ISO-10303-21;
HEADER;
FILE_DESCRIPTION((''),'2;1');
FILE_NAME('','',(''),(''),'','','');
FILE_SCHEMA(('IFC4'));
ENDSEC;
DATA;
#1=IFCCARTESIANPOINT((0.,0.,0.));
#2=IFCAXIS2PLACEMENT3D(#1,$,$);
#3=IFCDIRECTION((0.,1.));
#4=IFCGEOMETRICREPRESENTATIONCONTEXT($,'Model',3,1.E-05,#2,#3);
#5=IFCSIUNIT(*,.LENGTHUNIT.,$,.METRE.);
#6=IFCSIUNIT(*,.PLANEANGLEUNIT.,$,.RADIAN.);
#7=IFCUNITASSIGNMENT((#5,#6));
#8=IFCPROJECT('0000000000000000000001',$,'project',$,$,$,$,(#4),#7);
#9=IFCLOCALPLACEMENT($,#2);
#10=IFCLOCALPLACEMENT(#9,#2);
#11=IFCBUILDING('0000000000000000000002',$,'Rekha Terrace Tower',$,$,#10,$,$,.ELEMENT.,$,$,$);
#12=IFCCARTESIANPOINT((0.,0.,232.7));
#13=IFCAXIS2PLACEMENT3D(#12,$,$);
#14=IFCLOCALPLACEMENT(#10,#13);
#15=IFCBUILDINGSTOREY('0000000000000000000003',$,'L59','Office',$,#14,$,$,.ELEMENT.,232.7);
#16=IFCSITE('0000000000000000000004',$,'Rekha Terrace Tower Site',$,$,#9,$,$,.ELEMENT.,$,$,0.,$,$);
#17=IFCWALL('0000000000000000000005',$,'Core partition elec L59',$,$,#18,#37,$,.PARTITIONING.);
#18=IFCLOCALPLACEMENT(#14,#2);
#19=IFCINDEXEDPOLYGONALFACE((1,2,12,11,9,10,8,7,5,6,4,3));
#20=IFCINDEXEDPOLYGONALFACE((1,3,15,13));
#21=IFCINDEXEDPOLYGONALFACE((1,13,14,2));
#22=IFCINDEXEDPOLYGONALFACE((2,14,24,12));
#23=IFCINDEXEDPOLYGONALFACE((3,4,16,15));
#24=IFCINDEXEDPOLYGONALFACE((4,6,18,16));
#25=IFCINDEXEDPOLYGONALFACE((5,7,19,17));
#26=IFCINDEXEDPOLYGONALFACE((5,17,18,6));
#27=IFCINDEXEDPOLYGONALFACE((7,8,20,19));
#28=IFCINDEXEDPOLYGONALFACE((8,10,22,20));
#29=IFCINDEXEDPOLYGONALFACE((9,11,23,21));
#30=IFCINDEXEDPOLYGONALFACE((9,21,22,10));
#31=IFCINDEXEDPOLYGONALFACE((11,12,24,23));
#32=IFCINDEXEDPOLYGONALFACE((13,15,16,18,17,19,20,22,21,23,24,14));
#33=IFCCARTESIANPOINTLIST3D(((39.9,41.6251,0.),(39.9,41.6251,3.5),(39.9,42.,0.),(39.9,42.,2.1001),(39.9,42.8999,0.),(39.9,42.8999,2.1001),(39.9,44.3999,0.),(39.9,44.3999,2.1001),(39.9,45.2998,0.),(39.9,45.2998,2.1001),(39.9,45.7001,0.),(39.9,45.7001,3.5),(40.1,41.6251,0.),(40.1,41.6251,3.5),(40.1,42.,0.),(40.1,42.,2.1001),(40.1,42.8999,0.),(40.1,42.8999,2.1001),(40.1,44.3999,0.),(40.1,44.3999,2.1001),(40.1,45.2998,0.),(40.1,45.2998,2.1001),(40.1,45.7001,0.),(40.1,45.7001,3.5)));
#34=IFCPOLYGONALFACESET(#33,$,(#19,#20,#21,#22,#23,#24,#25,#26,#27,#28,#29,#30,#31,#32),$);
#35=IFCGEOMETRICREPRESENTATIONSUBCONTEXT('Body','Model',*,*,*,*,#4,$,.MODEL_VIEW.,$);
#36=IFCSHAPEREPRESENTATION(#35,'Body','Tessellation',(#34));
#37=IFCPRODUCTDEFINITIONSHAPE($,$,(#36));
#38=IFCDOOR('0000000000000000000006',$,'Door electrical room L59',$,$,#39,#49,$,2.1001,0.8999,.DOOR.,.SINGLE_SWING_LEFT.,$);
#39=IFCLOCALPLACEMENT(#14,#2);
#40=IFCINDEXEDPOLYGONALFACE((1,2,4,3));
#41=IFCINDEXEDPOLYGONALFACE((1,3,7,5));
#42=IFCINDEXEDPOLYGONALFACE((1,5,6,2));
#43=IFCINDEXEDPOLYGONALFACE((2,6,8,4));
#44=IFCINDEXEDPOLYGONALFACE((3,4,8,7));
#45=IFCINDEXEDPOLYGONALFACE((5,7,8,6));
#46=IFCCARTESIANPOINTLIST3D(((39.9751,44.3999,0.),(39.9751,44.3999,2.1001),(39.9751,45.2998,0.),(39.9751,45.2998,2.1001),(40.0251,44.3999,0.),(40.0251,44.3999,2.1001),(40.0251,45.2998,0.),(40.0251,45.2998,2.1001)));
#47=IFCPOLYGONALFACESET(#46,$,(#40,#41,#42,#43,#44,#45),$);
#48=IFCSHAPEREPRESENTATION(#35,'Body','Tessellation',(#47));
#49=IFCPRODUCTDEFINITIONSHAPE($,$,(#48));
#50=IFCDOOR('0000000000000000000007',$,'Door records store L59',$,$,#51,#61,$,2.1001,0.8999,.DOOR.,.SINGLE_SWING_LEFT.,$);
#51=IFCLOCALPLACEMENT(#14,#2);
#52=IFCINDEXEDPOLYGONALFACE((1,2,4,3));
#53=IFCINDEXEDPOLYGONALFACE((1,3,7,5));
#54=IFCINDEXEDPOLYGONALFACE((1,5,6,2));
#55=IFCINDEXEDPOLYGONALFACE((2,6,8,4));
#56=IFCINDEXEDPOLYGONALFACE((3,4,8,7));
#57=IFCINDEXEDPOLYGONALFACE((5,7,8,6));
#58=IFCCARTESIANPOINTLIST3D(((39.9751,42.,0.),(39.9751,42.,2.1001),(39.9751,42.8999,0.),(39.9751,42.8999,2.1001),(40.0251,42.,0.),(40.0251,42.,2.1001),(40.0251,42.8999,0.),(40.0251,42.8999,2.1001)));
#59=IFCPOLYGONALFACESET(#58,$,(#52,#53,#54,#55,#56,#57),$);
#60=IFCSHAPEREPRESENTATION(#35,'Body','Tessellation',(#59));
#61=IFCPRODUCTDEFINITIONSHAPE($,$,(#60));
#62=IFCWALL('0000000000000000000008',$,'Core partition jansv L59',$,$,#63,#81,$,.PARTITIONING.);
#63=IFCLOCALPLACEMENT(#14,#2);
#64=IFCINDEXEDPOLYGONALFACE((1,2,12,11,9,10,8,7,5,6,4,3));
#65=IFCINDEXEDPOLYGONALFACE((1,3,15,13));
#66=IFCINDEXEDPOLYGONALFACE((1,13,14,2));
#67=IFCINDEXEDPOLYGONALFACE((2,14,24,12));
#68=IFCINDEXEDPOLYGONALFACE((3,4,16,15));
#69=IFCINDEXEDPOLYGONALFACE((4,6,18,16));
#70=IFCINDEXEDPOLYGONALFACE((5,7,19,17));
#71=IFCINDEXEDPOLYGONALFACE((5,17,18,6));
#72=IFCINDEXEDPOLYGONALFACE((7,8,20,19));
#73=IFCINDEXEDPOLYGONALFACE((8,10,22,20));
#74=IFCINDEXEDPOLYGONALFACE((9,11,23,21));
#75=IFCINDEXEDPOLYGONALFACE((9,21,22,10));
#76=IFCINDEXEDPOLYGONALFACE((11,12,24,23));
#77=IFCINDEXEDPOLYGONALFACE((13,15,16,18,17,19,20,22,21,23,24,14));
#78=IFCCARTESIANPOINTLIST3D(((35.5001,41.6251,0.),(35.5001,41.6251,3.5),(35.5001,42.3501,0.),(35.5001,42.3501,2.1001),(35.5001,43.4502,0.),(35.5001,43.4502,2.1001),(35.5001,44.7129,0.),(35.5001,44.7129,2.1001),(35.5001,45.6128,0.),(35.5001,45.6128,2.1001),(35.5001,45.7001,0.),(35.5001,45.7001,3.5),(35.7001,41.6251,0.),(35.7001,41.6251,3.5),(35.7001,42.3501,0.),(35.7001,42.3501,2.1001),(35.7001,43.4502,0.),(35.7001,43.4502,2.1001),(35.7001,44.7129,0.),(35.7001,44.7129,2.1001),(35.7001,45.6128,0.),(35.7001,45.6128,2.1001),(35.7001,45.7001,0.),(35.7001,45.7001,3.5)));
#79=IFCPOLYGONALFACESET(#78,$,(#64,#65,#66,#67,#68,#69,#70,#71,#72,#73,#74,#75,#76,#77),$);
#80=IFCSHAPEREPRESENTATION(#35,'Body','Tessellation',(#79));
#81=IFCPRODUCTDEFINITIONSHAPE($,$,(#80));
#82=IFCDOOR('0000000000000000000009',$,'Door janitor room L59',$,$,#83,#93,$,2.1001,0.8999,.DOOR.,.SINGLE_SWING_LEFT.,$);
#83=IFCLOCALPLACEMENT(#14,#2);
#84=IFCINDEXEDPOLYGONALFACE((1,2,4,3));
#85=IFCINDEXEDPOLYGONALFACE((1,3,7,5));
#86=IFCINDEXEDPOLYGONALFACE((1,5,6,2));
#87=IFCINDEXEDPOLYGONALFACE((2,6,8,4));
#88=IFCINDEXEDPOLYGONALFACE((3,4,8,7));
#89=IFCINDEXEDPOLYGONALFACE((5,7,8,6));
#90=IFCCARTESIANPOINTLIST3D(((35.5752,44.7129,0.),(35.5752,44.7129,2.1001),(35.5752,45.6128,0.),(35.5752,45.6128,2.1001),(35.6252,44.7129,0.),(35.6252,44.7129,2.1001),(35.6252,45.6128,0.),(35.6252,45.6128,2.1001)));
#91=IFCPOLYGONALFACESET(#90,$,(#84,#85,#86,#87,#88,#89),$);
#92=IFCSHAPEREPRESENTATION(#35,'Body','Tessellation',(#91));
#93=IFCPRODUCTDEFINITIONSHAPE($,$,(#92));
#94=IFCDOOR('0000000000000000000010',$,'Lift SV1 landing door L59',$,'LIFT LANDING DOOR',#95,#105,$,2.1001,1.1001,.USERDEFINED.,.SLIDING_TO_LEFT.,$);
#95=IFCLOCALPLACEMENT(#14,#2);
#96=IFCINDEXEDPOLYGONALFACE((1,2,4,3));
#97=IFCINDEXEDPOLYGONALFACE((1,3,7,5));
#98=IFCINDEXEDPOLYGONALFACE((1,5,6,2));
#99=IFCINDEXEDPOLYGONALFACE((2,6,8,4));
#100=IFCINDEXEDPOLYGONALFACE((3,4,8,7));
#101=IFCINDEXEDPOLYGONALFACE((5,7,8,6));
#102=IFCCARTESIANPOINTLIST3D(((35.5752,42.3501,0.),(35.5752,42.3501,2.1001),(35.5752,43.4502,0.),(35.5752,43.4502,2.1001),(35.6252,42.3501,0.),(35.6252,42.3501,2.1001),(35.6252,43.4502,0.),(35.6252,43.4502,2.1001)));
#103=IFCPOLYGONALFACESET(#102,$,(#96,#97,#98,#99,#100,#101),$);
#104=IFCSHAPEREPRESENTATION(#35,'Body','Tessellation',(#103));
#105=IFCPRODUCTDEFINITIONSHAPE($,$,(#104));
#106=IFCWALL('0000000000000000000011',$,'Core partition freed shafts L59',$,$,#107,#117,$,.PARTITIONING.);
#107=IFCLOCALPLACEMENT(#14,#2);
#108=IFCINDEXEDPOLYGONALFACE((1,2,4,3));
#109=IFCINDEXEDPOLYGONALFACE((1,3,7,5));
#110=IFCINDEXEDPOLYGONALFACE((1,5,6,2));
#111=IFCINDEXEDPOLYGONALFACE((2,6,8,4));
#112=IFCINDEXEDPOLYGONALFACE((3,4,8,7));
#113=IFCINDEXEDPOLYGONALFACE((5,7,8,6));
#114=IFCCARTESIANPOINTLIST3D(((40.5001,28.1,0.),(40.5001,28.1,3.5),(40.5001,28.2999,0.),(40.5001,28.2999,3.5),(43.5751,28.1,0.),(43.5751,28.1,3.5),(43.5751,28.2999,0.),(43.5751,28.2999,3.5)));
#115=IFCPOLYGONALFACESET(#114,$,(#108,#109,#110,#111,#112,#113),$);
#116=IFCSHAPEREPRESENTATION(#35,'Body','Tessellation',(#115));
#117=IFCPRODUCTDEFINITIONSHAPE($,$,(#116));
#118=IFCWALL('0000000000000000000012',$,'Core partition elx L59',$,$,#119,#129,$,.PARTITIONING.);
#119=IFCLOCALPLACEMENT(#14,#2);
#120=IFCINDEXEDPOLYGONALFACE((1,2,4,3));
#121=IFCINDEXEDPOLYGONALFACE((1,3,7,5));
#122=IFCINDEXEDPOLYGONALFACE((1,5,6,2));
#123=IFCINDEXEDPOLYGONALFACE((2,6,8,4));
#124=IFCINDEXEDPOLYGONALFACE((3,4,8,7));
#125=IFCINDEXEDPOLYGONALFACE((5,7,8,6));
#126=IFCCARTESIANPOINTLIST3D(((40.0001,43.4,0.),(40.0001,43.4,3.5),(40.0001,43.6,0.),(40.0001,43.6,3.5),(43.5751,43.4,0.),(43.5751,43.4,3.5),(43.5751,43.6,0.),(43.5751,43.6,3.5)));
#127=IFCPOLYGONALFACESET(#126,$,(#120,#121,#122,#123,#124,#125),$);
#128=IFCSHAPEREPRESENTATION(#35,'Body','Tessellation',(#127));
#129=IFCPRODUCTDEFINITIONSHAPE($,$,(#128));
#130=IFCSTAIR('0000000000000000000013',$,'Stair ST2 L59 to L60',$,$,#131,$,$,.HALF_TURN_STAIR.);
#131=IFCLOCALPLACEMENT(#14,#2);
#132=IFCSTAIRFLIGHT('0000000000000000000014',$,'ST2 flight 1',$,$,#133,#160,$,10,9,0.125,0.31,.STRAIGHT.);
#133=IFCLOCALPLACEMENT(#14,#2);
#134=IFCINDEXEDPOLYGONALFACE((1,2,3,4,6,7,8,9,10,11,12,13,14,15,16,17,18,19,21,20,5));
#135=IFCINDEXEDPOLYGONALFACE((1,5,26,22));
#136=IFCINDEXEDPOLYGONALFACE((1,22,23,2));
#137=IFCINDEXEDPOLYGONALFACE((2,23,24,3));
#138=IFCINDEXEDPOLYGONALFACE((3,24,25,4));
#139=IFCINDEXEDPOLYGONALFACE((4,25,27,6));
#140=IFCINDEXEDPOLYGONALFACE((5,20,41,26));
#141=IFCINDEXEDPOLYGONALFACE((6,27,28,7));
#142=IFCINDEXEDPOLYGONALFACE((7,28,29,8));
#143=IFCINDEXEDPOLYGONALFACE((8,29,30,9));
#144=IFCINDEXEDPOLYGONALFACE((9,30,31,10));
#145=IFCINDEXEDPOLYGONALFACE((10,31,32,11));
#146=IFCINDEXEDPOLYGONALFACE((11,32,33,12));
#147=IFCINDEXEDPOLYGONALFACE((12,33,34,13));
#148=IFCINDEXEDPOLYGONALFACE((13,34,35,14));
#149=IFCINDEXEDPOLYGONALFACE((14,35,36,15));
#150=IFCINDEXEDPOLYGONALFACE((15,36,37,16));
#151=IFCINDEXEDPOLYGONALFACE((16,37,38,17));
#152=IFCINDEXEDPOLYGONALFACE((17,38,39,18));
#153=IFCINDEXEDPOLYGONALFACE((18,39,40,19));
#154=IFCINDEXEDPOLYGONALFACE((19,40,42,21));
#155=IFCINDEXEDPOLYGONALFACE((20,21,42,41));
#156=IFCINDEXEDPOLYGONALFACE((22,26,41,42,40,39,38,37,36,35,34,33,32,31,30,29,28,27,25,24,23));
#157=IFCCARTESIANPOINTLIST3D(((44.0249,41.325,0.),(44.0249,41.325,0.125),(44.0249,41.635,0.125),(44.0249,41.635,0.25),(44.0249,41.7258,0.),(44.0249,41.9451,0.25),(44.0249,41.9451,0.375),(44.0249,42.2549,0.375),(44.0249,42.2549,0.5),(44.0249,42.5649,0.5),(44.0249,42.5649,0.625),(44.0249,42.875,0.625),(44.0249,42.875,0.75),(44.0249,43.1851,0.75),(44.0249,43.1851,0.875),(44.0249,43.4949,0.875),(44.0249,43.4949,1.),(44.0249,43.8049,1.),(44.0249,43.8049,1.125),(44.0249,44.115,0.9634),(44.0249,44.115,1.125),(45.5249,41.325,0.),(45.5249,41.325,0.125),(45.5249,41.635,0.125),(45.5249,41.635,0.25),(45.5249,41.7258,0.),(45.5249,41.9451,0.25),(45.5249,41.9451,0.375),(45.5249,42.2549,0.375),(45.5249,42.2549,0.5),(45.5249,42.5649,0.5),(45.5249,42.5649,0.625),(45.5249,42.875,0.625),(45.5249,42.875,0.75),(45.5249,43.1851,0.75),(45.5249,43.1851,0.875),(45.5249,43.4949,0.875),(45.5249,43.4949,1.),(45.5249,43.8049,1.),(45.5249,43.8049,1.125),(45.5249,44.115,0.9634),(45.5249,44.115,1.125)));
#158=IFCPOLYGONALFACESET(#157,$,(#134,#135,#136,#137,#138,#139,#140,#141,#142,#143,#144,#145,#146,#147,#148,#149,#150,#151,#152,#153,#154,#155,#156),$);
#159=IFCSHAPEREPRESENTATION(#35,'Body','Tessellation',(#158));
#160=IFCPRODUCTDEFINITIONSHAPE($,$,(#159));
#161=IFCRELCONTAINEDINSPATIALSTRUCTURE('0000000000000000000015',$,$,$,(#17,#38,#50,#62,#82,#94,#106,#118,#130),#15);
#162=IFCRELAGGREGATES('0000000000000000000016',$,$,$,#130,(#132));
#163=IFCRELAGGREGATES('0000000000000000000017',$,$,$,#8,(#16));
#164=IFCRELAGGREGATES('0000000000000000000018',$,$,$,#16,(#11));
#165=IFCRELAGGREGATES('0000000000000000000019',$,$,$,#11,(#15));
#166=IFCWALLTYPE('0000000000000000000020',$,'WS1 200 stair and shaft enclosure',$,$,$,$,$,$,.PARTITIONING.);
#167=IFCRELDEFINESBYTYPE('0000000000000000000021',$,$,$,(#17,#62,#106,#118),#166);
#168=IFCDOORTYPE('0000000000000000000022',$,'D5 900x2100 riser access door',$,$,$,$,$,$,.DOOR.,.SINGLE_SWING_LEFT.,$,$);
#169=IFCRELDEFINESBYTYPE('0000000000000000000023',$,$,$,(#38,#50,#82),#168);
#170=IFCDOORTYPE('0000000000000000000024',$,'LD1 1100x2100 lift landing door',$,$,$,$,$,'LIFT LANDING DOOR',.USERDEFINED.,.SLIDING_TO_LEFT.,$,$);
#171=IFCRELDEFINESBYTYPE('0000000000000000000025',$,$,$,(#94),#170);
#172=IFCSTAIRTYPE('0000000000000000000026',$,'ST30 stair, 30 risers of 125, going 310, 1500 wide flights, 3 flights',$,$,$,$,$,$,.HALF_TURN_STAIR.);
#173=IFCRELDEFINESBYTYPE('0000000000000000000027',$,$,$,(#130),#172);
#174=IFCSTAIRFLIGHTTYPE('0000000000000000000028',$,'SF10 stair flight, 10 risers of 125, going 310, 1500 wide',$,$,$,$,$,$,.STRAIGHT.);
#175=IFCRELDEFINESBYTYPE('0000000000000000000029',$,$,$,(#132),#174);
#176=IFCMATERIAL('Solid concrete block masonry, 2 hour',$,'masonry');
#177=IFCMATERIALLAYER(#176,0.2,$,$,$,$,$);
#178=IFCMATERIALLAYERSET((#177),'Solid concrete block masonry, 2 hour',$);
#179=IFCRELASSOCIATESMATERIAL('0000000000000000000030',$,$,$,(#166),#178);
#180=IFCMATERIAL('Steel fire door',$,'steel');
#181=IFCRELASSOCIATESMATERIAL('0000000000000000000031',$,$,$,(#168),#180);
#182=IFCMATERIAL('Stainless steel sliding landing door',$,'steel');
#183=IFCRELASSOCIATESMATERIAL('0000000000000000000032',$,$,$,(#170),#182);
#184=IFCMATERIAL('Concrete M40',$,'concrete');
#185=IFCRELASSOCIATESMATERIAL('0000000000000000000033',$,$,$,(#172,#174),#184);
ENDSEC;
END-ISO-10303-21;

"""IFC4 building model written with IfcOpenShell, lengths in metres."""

from ifc_helpers import new_model, si_unit, direction, frame, frame_2d, origin, place, context, subcontext, project, spatial, polyline, rectangle, outline, extrude, material, layer, layer_set, type_object, element, fill, aggregate, save


model = new_model("IFC4")

# Units and contexts
model_context = context("Model", 3, precision=1e-05, world=origin(), true_north=direction((0.0, 1.0)))
body_context = subcontext(model_context, "Body", "Model", "MODEL_VIEW")
ifc_project = project(units=[si_unit("LENGTHUNIT", "METRE"), si_unit("PLANEANGLEUNIT", "RADIAN")], contexts=[model_context])

# Site, building, storey
site_placement = place(None, origin())
site = spatial("IfcSite", under=ifc_project, at=site_placement, Name="Rekha Terrace Tower Site", CompositionType="ELEMENT", RefElevation=0.0)
building_placement = place(site_placement, origin())
building = spatial("IfcBuilding", under=site, at=building_placement, Name="Rekha Terrace Tower", CompositionType="ELEMENT")
storey_placement = place(building_placement, frame((0.0, 0.0, 232.7)))
storey = spatial("IfcBuildingStorey", under=building, at=storey_placement, Name="L59", Description="Office", CompositionType="ELEMENT", Elevation=232.7)

# Shared definitions
ifc_material_1 = material(Name="Stainless steel sliding landing door", Category="steel")
ifc_material_2 = material(Name="Steel fire door", Category="steel")

# Shared definitions
ifc_material_3 = material(Name="Solid concrete block masonry, 2 hour", Category="masonry")
ifc_layer_1 = layer(ifc_material_3, 0.2)
ifc_layer_set_1 = layer_set([ifc_layer_1], Name="Solid concrete block masonry, 2 hour")
wall_type_1 = type_object("IfcWallType", Name="WS1 200 stair and shaft enclosure", PredefinedType="PARTITIONING", material=ifc_layer_set_1)

# Walls, openings, doors
wall_1_placement = place(storey_placement, frame((40.0, 41.625, 0.0), z_axis=(0.0, 0.0, 1.0), x_axis=(0.0, 1.0, 0.0)))
wall_1 = element("IfcWall", 1, at=wall_1_placement, inside=storey, type_object=wall_type_1, Name="Core partition elec L59", PredefinedType="PARTITIONING", context=body_context, shape_type="SweptSolid", body=[
    extrude(rectangle(XDim=4.075, YDim=0.2, at=frame_2d((2.0376, 0.0))), origin(), (0.0, 0.0, 1.0), 3.5),
])
opening_1_placement = place(wall_1_placement, frame((2.7749, 0.0, 0.0)))
opening_1 = element("IfcOpeningElement", 2, at=opening_1_placement, cuts=wall_1, PredefinedType="OPENING", context=body_context, shape_type="SweptSolid", body=[
    extrude(rectangle(XDim=0.8999, YDim=2.1001, at=frame_2d((0.45, 1.05))), frame((0.0, 0.1099, 0.0), z_axis=(0.0, -1.0, 0.0), x_axis=(1.0, 0.0, 0.0)), (0.0, 0.0, 1.0), 0.22),
])
opening_2_placement = place(wall_1_placement, frame((0.375, 0.0, 0.0)))
opening_2 = element("IfcOpeningElement", 3, at=opening_2_placement, cuts=wall_1, PredefinedType="OPENING", context=body_context, shape_type="SweptSolid", body=[
    extrude(rectangle(XDim=0.8999, YDim=2.1001, at=frame_2d((0.45, 1.05))), frame((0.0, 0.1099, 0.0), z_axis=(0.0, -1.0, 0.0), x_axis=(1.0, 0.0, 0.0)), (0.0, 0.0, 1.0), 0.22),
])
door_type_1 = type_object("IfcDoorType", Name="D5 900x2100 riser access door", OperationType="SINGLE_SWING_LEFT", PredefinedType="DOOR", material=ifc_material_2)
door_1_placement = place(opening_1_placement, origin())
door_1 = element("IfcDoor", 4, at=door_1_placement, inside=storey, type_object=door_type_1, Name="Door electrical room L59", OperationType="SINGLE_SWING_LEFT", OverallHeight=2.1001, OverallWidth=0.8999, PredefinedType="DOOR", context=body_context, shape_type="SweptSolid", body=[
    extrude(rectangle(XDim=0.8999, YDim=2.1001, at=frame_2d((0.45, 1.05))), frame((0.0, 0.0249, 0.0), z_axis=(0.0, -1.0, 0.0), x_axis=(1.0, 0.0, 0.0)), (0.0, 0.0, 1.0), 0.05),
])
fill(opening_1, door_1)
door_2_placement = place(opening_2_placement, origin())
door_2 = element("IfcDoor", 5, at=door_2_placement, inside=storey, type_object=door_type_1, Name="Door records store L59", OperationType="SINGLE_SWING_LEFT", OverallHeight=2.1001, OverallWidth=0.8999, PredefinedType="DOOR", context=body_context, shape_type="SweptSolid", body=[
    extrude(rectangle(XDim=0.8999, YDim=2.1001, at=frame_2d((0.45, 1.05))), frame((0.0, 0.0249, 0.0), z_axis=(0.0, -1.0, 0.0), x_axis=(1.0, 0.0, 0.0)), (0.0, 0.0, 1.0), 0.05),
])
fill(opening_2, door_2)
wall_2_placement = place(storey_placement, frame((35.6001, 41.625, 0.0), z_axis=(0.0, 0.0, 1.0), x_axis=(0.0, 1.0, 0.0)))
wall_2 = element("IfcWall", 6, at=wall_2_placement, inside=storey, type_object=wall_type_1, Name="Core partition jansv L59", PredefinedType="PARTITIONING", context=body_context, shape_type="SweptSolid", body=[
    extrude(rectangle(XDim=4.075, YDim=0.2, at=frame_2d((2.0376, 0.0))), origin(), (0.0, 0.0, 1.0), 3.5),
])
opening_3_placement = place(wall_2_placement, frame((3.0879, 0.0, 0.0)))
opening_3 = element("IfcOpeningElement", 7, at=opening_3_placement, cuts=wall_2, PredefinedType="OPENING", context=body_context, shape_type="SweptSolid", body=[
    extrude(rectangle(XDim=0.8999, YDim=2.1001, at=frame_2d((0.45, 1.05))), frame((0.0, 0.1099, 0.0), z_axis=(0.0, -1.0, 0.0), x_axis=(1.0, 0.0, 0.0)), (0.0, 0.0, 1.0), 0.22),
])
opening_4_placement = place(wall_2_placement, frame((0.7251, 0.0, 0.0)))
opening_4 = element("IfcOpeningElement", 8, at=opening_4_placement, cuts=wall_2, PredefinedType="OPENING", context=body_context, shape_type="SweptSolid", body=[
    extrude(rectangle(XDim=1.1001, YDim=2.1001, at=frame_2d((0.55, 1.05))), frame((0.0, 0.1099, 0.0), z_axis=(0.0, -1.0, 0.0), x_axis=(1.0, 0.0, 0.0)), (0.0, 0.0, 1.0), 0.22),
])
door_3_placement = place(opening_3_placement, origin())
door_3 = element("IfcDoor", 9, at=door_3_placement, inside=storey, type_object=door_type_1, Name="Door janitor room L59", OperationType="SINGLE_SWING_LEFT", OverallHeight=2.1001, OverallWidth=0.8999, PredefinedType="DOOR", context=body_context, shape_type="SweptSolid", body=[
    extrude(rectangle(XDim=0.8999, YDim=2.1001, at=frame_2d((0.45, 1.05))), frame((0.0, 0.0249, 0.0), z_axis=(0.0, -1.0, 0.0), x_axis=(1.0, 0.0, 0.0)), (0.0, 0.0, 1.0), 0.05),
])
fill(opening_3, door_3)
door_type_2 = type_object("IfcDoorType", Name="LD1 1100x2100 lift landing door", ElementType="LIFT LANDING DOOR", OperationType="SLIDING_TO_LEFT", PredefinedType="USERDEFINED", material=ifc_material_1)
door_4_placement = place(opening_4_placement, origin())
door_4 = element("IfcDoor", 10, at=door_4_placement, inside=storey, type_object=door_type_2, Name="Lift SV1 landing door L59", ObjectType="LIFT LANDING DOOR", OperationType="SLIDING_TO_LEFT", OverallHeight=2.1001, OverallWidth=1.1001, PredefinedType="USERDEFINED", context=body_context, shape_type="SweptSolid", body=[
    extrude(rectangle(XDim=1.1001, YDim=2.1001, at=frame_2d((0.55, 1.05))), frame((0.0, 0.0249, 0.0), z_axis=(0.0, -1.0, 0.0), x_axis=(1.0, 0.0, 0.0)), (0.0, 0.0, 1.0), 0.05),
])
fill(opening_4, door_4)

# Walls
wall_3_placement = place(storey_placement, frame((40.5, 28.2, 0.0), z_axis=(0.0, 0.0, 1.0), x_axis=(1.0, 0.0, 0.0)))
element("IfcWall", 11, at=wall_3_placement, inside=storey, type_object=wall_type_1, Name="Core partition freed shafts L59", PredefinedType="PARTITIONING", context=body_context, shape_type="SweptSolid", body=[
    extrude(rectangle(XDim=3.075, YDim=0.2, at=frame_2d((1.5376, 0.0))), origin(), (0.0, 0.0, 1.0), 3.5),
])
wall_4_placement = place(storey_placement, frame((40.0, 43.5, 0.0), z_axis=(0.0, 0.0, 1.0), x_axis=(1.0, 0.0, 0.0)))
element("IfcWall", 12, at=wall_4_placement, inside=storey, type_object=wall_type_1, Name="Core partition elx L59", PredefinedType="PARTITIONING", context=body_context, shape_type="SweptSolid", body=[
    extrude(rectangle(XDim=3.575, YDim=0.2, at=frame_2d((1.7876, 0.0))), origin(), (0.0, 0.0, 1.0), 3.5),
])

# Stair, stair flight
ifc_material_4 = material(Name="Concrete M40", Category="concrete")
stair_type = type_object("IfcStairType", Name="ST30 stair, 30 risers of 125, going 310, 1500 wide flights, 3 flights", PredefinedType="HALF_TURN_STAIR", material=ifc_material_4)
stair_placement = place(storey_placement, origin())
stair = element("IfcStair", 13, at=stair_placement, inside=storey, type_object=stair_type, Name="Stair ST2 L59 to L60", PredefinedType="HALF_TURN_STAIR")
stair_flight_type = type_object("IfcStairFlightType", Name="SF10 stair flight, 10 risers of 125, going 310, 1500 wide", PredefinedType="STRAIGHT", material=ifc_material_4)
stair_flight_1_placement = place(storey_placement, frame((44.7749, 41.325, 0.0), z_axis=(0.0, 0.0, 1.0), x_axis=(0.0, 1.0, 0.0)))
stair_flight_1 = element("IfcStairFlight", 14, at=stair_flight_1_placement, type_object=stair_flight_type, Name="ST2 flight 1", NumberOfRisers=10, NumberOfTreads=9, PredefinedType="STRAIGHT", RiserHeight=0.125, TreadLength=0.31, context=body_context, shape_type="SweptSolid", body=[
    extrude(outline(polyline([(0.0, 0.0), (0.0, 0.125), (0.3101, 0.125), (0.3101, 0.25), (0.6201, 0.25), (0.6201, 0.375), (0.9299, 0.375), (0.9299, 0.5), (1.24, 0.5), (1.24, 0.625), (1.55, 0.625), (1.55, 0.75), (1.8601, 0.75), (1.8601, 0.875), (2.1699, 0.875), (2.1699, 1.0), (2.48, 1.0), (2.48, 1.125), (2.79, 1.125), (2.79, 1.25), (2.79, 0.9634), (0.4009, 0.0), (0.0, 0.0)])), frame((0.0, 0.75, 0.0), z_axis=(0.0, -1.0, 0.0), x_axis=(1.0, 0.0, 0.0)), (0.0, 0.0, 1.0), 1.5),
])
aggregate(stair, [stair_flight_1])

save(model, "model.ifc")
